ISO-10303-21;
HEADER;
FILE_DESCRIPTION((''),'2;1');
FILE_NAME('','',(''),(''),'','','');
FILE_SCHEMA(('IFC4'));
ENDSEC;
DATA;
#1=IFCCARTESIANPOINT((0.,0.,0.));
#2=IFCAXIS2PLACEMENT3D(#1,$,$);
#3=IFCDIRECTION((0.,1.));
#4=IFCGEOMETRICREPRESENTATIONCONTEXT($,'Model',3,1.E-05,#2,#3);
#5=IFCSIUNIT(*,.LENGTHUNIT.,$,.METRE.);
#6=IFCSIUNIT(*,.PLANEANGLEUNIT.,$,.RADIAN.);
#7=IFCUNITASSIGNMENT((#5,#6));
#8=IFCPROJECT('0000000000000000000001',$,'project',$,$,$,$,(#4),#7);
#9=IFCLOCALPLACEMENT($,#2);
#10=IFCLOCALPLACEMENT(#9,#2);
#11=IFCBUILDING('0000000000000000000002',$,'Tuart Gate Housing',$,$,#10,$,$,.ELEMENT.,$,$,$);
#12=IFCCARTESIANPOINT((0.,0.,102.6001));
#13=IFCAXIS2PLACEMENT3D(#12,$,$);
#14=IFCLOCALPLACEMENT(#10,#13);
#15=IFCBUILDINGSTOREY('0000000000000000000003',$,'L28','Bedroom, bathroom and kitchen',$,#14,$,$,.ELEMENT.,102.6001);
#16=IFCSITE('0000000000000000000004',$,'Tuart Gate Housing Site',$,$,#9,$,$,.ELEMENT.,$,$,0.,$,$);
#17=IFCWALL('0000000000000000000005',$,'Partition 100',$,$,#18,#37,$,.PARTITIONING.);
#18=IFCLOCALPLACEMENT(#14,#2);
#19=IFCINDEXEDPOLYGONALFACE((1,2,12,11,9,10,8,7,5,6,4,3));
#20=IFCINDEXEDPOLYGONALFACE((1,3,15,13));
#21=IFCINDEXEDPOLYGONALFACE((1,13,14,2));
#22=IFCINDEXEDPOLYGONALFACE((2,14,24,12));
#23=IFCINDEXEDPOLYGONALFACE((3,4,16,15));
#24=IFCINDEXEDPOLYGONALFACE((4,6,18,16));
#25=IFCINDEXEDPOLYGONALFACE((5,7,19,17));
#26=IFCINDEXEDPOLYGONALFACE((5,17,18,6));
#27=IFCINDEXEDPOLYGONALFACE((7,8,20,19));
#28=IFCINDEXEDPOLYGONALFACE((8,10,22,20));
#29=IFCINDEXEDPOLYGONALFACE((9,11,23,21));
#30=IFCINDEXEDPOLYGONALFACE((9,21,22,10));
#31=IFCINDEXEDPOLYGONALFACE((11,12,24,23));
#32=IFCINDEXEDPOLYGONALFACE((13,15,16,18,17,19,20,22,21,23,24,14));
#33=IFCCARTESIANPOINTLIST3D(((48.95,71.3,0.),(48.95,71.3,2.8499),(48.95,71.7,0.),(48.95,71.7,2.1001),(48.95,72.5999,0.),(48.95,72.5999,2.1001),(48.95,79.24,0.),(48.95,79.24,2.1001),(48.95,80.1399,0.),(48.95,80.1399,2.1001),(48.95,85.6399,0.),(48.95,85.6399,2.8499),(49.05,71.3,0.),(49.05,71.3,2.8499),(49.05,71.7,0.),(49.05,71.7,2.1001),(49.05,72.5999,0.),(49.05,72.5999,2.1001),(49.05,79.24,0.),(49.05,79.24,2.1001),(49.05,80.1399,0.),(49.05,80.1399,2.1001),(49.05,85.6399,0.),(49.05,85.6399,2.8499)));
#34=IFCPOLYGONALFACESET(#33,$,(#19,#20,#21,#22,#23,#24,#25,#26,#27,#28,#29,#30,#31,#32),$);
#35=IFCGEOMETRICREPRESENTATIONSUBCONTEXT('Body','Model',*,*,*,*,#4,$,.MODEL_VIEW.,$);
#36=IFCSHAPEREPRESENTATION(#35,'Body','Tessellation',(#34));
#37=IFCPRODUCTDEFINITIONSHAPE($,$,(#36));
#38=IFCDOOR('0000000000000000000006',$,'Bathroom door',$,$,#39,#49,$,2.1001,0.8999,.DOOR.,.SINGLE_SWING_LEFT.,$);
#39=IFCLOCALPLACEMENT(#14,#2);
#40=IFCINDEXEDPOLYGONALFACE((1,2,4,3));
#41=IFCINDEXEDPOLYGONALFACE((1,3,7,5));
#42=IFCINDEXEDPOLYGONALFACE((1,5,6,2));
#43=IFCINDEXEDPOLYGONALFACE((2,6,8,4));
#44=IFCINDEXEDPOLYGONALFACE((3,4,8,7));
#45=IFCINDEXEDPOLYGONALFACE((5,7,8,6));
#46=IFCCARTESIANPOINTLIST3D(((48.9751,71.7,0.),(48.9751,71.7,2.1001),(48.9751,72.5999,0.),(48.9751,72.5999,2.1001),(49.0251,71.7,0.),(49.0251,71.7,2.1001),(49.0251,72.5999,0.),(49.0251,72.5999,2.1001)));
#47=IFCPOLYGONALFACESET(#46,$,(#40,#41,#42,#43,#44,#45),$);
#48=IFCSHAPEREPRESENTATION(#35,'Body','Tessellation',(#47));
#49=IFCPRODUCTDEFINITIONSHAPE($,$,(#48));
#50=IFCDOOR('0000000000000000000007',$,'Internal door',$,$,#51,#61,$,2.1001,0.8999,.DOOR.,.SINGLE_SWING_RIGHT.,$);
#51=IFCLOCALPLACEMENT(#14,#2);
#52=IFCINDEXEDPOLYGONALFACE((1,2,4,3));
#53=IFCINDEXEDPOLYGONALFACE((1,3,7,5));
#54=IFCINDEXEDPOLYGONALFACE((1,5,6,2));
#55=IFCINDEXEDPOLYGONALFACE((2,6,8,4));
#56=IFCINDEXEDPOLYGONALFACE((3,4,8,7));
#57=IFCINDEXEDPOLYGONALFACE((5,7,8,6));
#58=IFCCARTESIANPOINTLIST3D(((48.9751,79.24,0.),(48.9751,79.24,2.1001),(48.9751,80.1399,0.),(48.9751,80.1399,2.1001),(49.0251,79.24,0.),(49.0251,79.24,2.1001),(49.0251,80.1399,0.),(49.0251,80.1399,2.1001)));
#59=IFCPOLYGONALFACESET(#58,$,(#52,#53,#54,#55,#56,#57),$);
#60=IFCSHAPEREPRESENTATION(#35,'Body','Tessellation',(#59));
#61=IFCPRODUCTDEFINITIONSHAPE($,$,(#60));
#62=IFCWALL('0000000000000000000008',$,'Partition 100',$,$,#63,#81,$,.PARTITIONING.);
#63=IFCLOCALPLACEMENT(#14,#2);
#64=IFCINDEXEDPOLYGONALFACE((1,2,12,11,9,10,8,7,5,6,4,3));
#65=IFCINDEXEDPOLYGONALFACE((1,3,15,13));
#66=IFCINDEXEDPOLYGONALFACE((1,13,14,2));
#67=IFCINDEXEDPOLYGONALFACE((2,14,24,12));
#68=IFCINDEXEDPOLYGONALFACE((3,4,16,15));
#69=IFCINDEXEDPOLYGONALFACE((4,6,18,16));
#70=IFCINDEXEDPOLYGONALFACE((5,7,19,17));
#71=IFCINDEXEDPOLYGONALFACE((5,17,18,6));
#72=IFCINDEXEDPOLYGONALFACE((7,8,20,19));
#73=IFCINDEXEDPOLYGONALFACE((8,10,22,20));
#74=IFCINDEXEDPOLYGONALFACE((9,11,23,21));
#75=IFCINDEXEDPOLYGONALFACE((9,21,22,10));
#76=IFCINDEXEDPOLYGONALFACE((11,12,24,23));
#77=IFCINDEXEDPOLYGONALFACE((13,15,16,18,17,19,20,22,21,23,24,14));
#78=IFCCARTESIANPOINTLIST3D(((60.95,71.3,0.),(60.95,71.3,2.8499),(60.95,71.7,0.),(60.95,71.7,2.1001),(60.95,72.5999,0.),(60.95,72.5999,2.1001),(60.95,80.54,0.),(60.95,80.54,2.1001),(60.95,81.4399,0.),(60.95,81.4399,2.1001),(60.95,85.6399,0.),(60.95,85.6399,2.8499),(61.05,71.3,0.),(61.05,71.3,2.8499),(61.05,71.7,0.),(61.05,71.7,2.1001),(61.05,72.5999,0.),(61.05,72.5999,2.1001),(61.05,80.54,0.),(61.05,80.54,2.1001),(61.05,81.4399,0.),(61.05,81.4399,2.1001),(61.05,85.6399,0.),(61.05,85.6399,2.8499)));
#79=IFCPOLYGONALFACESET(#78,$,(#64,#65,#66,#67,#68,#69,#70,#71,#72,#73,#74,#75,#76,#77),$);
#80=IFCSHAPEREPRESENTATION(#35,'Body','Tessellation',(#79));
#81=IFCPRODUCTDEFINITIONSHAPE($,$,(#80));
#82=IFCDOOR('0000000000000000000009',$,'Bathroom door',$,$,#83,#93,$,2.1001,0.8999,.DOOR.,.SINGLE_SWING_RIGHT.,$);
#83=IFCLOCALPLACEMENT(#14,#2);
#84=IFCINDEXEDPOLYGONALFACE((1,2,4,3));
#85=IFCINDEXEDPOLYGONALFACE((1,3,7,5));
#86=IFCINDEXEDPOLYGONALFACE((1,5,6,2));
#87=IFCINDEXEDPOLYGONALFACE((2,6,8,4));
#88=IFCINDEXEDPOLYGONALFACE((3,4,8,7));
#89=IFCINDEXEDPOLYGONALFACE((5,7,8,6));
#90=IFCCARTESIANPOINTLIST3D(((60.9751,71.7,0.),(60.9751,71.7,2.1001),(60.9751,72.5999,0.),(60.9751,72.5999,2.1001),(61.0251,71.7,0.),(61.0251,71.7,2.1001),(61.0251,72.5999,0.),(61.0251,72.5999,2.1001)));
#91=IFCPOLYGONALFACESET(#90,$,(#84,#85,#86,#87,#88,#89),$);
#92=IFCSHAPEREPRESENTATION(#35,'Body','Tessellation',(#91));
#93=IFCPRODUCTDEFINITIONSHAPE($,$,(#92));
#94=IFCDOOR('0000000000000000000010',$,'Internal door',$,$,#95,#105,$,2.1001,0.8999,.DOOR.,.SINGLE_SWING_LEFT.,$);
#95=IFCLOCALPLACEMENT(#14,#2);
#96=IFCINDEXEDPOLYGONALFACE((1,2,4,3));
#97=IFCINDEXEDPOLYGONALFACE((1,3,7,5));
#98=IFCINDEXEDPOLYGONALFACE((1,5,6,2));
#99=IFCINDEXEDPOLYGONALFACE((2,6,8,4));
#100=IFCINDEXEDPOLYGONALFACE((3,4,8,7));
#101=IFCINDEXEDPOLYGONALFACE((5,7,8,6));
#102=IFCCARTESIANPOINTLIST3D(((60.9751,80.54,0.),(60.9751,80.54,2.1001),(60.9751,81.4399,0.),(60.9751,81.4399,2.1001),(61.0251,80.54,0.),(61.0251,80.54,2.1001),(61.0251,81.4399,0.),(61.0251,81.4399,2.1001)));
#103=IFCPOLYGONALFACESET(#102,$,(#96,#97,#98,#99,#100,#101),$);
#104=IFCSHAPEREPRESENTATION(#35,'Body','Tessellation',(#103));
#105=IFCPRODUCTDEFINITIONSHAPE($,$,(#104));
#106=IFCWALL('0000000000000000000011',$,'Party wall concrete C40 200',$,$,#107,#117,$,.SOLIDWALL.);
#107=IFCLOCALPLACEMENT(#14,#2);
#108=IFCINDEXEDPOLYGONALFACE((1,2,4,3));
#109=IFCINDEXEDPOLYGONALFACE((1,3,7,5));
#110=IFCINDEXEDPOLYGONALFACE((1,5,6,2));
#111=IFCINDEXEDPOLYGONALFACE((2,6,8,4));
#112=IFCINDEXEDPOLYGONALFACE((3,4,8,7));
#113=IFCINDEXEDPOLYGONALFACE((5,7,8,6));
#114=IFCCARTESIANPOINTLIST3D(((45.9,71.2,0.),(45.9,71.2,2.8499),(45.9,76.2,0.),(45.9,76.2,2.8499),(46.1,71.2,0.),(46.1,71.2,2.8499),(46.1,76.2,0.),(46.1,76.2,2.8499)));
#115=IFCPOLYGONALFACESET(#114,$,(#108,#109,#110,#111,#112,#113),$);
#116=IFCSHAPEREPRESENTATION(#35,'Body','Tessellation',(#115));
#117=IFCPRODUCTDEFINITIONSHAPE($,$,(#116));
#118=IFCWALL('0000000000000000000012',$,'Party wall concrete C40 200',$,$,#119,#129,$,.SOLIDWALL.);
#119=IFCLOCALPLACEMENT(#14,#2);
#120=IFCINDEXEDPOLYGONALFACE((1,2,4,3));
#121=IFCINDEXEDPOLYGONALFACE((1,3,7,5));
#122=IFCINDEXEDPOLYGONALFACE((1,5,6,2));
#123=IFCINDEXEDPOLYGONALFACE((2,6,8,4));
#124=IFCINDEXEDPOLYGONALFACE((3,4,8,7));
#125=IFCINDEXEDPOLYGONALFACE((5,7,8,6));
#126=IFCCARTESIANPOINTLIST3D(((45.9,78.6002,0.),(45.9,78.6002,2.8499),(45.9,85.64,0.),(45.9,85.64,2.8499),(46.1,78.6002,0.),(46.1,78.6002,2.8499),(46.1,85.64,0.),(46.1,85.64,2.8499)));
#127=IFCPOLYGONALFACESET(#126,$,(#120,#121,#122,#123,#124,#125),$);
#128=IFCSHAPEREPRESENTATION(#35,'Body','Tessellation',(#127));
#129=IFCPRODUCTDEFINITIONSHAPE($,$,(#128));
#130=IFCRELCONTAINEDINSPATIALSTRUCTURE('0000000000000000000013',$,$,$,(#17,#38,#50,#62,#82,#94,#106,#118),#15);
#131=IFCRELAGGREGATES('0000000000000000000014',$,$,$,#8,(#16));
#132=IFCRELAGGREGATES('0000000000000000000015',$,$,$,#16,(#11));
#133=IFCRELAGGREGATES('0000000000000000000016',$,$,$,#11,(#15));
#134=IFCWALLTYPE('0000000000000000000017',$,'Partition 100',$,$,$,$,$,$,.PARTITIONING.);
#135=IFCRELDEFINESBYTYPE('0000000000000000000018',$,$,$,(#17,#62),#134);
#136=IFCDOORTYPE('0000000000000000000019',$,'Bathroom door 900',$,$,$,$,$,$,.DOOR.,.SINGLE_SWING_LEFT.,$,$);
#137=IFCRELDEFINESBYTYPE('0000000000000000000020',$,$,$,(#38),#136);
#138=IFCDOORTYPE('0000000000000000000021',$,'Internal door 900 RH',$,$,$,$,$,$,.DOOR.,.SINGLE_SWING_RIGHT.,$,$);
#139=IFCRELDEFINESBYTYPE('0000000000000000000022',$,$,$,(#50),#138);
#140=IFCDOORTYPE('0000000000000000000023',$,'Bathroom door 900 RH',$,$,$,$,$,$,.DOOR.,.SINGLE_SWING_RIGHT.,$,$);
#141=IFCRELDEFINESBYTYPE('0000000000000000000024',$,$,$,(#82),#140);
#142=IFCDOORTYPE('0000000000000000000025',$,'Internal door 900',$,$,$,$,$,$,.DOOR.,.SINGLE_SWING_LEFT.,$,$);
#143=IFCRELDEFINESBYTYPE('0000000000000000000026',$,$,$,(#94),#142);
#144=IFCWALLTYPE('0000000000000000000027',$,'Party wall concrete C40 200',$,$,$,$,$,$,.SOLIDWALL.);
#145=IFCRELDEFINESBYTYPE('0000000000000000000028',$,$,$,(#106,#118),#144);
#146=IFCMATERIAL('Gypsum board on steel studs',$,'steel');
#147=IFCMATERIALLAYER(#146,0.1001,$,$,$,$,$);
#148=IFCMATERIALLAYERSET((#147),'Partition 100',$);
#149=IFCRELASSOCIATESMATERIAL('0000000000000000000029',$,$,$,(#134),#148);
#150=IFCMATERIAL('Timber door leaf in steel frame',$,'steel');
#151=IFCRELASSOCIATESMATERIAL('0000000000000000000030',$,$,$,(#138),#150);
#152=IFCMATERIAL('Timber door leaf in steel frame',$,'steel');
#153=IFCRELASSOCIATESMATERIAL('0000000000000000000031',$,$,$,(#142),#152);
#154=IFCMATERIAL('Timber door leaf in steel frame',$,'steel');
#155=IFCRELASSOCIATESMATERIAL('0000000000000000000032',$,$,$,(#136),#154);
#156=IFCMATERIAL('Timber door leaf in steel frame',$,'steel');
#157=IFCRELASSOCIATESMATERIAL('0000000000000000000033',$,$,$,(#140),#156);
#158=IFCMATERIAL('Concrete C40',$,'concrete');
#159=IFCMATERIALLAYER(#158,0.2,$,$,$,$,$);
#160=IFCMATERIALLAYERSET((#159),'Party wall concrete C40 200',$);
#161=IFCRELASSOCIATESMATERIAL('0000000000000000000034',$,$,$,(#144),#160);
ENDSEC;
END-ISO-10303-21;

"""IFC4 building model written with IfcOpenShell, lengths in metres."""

from ifc_helpers import new_model, si_unit, direction, frame, frame_2d, origin, place, context, subcontext, project, spatial, rectangle, extrude, material, layer, layer_set, type_object, element, fill, save


model = new_model("IFC4")

# Units and contexts
model_context = context("Model", 3, precision=1e-05, world=origin(), true_north=direction((0.0, 1.0)))
body_context = subcontext(model_context, "Body", "Model", "MODEL_VIEW")
ifc_project = project(units=[si_unit("LENGTHUNIT", "METRE"), si_unit("PLANEANGLEUNIT", "RADIAN")], contexts=[model_context])

# Site, building, storey
site_placement = place(None, origin())
site = spatial("IfcSite", under=ifc_project, at=site_placement, Name="Tuart Gate Housing Site", CompositionType="ELEMENT", RefElevation=0.0)
building_placement = place(site_placement, origin())
building = spatial("IfcBuilding", under=site, at=building_placement, Name="Tuart Gate Housing", CompositionType="ELEMENT")
storey_placement = place(building_placement, frame((0.0, 0.0, 102.6001)))
storey = spatial("IfcBuildingStorey", under=building, at=storey_placement, Name="L28", Description="Bedroom, bathroom and kitchen", CompositionType="ELEMENT", Elevation=102.6001)

# Shared definitions
ifc_material_1 = material(Name="Gypsum board on steel studs", Category="steel")
ifc_layer_1 = layer(ifc_material_1, 0.1001)
ifc_layer_set_1 = layer_set([ifc_layer_1], Name="Partition 100")
wall_type_1 = type_object("IfcWallType", Name="Partition 100", PredefinedType="PARTITIONING", material=ifc_layer_set_1)

# Shared definitions
ifc_material_2 = material(Name="Timber door leaf in steel frame", Category="steel")
door_type_1 = type_object("IfcDoorType", Name="Internal door 900 RH", OperationType="SINGLE_SWING_RIGHT", PredefinedType="DOOR", material=ifc_material_2)
ifc_material_3 = material(Name="Timber door leaf in steel frame", Category="steel")
door_type_2 = type_object("IfcDoorType", Name="Internal door 900", OperationType="SINGLE_SWING_LEFT", PredefinedType="DOOR", material=ifc_material_3)

# Walls, openings, doors
wall_1_placement = place(storey_placement, frame((49.0, 71.3, 0.0), z_axis=(0.0, 0.0, 1.0), x_axis=(0.0, 1.0, 0.0)))
wall_1 = element("IfcWall", 1, at=wall_1_placement, inside=storey, type_object=wall_type_1, Name="Partition 100", PredefinedType="PARTITIONING", context=body_context, shape_type="SweptSolid", body=[
    extrude(rectangle(XDim=14.3398, YDim=0.1001, at=frame_2d((7.1699, 0.0))), origin(), (0.0, 0.0, 1.0), 2.8499),
])
opening_1_placement = place(wall_1_placement, frame((7.9399, 0.0, 0.0)))
opening_1 = element("IfcOpeningElement", 2, at=opening_1_placement, cuts=wall_1, PredefinedType="OPENING", context=body_context, shape_type="SweptSolid", body=[
    extrude(rectangle(XDim=0.8999, YDim=2.1001, at=frame_2d((0.45, 1.05))), frame((0.0, 0.0601, 0.0), z_axis=(0.0, -1.0, 0.0), x_axis=(1.0, 0.0, 0.0)), (0.0, 0.0, 1.0), 0.1201),
])
opening_2_placement = place(wall_1_placement, frame((0.3999, 0.0, 0.0)))
opening_2 = element("IfcOpeningElement", 3, at=opening_2_placement, cuts=wall_1, PredefinedType="OPENING", context=body_context, shape_type="SweptSolid", body=[
    extrude(rectangle(XDim=0.8999, YDim=2.1001, at=frame_2d((0.45, 1.05))), frame((0.0, 0.0601, 0.0), z_axis=(0.0, -1.0, 0.0), x_axis=(1.0, 0.0, 0.0)), (0.0, 0.0, 1.0), 0.1201),
])
ifc_material_4 = material(Name="Timber door leaf in steel frame", Category="steel")
door_type_3 = type_object("IfcDoorType", Name="Bathroom door 900", OperationType="SINGLE_SWING_LEFT", PredefinedType="DOOR", material=ifc_material_4)
door_1_placement = place(opening_2_placement, origin())
door_1 = element("IfcDoor", 4, at=door_1_placement, inside=storey, type_object=door_type_3, Name="Bathroom door", OperationType="SINGLE_SWING_LEFT", OverallHeight=2.1001, OverallWidth=0.8999, PredefinedType="DOOR", context=body_context, shape_type="SweptSolid", body=[
    extrude(rectangle(XDim=0.8999, YDim=2.1001, at=frame_2d((0.45, 1.05))), frame((0.0, 0.0249, 0.0), z_axis=(0.0, -1.0, 0.0), x_axis=(1.0, 0.0, 0.0)), (0.0, 0.0, 1.0), 0.05),
])
fill(opening_2, door_1)
door_2_placement = place(opening_1_placement, origin())
door_2 = element("IfcDoor", 5, at=door_2_placement, inside=storey, type_object=door_type_1, Name="Internal door", OperationType="SINGLE_SWING_RIGHT", OverallHeight=2.1001, OverallWidth=0.8999, PredefinedType="DOOR", context=body_context, shape_type="SweptSolid", body=[
    extrude(rectangle(XDim=0.8999, YDim=2.1001, at=frame_2d((0.45, 1.05))), frame((0.0, 0.0249, 0.0), z_axis=(0.0, -1.0, 0.0), x_axis=(1.0, 0.0, 0.0)), (0.0, 0.0, 1.0), 0.05),
])
fill(opening_1, door_2)
wall_2_placement = place(storey_placement, frame((61.0, 71.3, 0.0), z_axis=(0.0, 0.0, 1.0), x_axis=(0.0, 1.0, 0.0)))
wall_2 = element("IfcWall", 6, at=wall_2_placement, inside=storey, type_object=wall_type_1, Name="Partition 100", PredefinedType="PARTITIONING", context=body_context, shape_type="SweptSolid", body=[
    extrude(rectangle(XDim=14.3398, YDim=0.1001, at=frame_2d((7.1699, 0.0))), origin(), (0.0, 0.0, 1.0), 2.8499),
])
opening_3_placement = place(wall_2_placement, frame((9.24, 0.0, 0.0)))
opening_3 = element("IfcOpeningElement", 7, at=opening_3_placement, cuts=wall_2, PredefinedType="OPENING", context=body_context, shape_type="SweptSolid", body=[
    extrude(rectangle(XDim=0.8999, YDim=2.1001, at=frame_2d((0.45, 1.05))), frame((0.0, 0.0601, 0.0), z_axis=(0.0, -1.0, 0.0), x_axis=(1.0, 0.0, 0.0)), (0.0, 0.0, 1.0), 0.1201),
])
opening_4_placement = place(wall_2_placement, frame((0.3999, 0.0, 0.0)))
opening_4 = element("IfcOpeningElement", 8, at=opening_4_placement, cuts=wall_2, PredefinedType="OPENING", context=body_context, shape_type="SweptSolid", body=[
    extrude(rectangle(XDim=0.8999, YDim=2.1001, at=frame_2d((0.45, 1.05))), frame((0.0, 0.0601, 0.0), z_axis=(0.0, -1.0, 0.0), x_axis=(1.0, 0.0, 0.0)), (0.0, 0.0, 1.0), 0.1201),
])
ifc_material_5 = material(Name="Timber door leaf in steel frame", Category="steel")
door_type_4 = type_object("IfcDoorType", Name="Bathroom door 900 RH", OperationType="SINGLE_SWING_RIGHT", PredefinedType="DOOR", material=ifc_material_5)
door_3_placement = place(opening_4_placement, frame((0.8999, 0.0, 0.0), z_axis=(0.0, 0.0, 1.0), x_axis=(-1.0, 0.0, 0.0)))
door_3 = element("IfcDoor", 9, at=door_3_placement, inside=storey, type_object=door_type_4, Name="Bathroom door", OperationType="SINGLE_SWING_RIGHT", OverallHeight=2.1001, OverallWidth=0.8999, PredefinedType="DOOR", context=body_context, shape_type="SweptSolid", body=[
    extrude(rectangle(XDim=0.8999, YDim=2.1001, at=frame_2d((0.45, 1.05))), frame((0.0, 0.0251, 0.0), z_axis=(0.0, -1.0, 0.0), x_axis=(1.0, 0.0, 0.0)), (0.0, 0.0, 1.0), 0.05),
])
fill(opening_4, door_3)
door_4_placement = place(opening_3_placement, frame((0.8999, 0.0, 0.0), z_axis=(0.0, 0.0, 1.0), x_axis=(-1.0, 0.0, 0.0)))
door_4 = element("IfcDoor", 10, at=door_4_placement, inside=storey, type_object=door_type_2, Name="Internal door", OperationType="SINGLE_SWING_LEFT", OverallHeight=2.1001, OverallWidth=0.8999, PredefinedType="DOOR", context=body_context, shape_type="SweptSolid", body=[
    extrude(rectangle(XDim=0.8999, YDim=2.1001, at=frame_2d((0.45, 1.05))), frame((0.0, 0.0251, 0.0), z_axis=(0.0, -1.0, 0.0), x_axis=(1.0, 0.0, 0.0)), (0.0, 0.0, 1.0), 0.05),
])
fill(opening_3, door_4)

# Walls
ifc_material_6 = material(Name="Concrete C40", Category="concrete")
ifc_layer_2 = layer(ifc_material_6, 0.2)
ifc_layer_set_2 = layer_set([ifc_layer_2], Name="Party wall concrete C40 200")
wall_type_2 = type_object("IfcWallType", Name="Party wall concrete C40 200", PredefinedType="SOLIDWALL", material=ifc_layer_set_2)
wall_3_placement = place(storey_placement, frame((46.0, 71.2, 0.0), z_axis=(0.0, 0.0, 1.0), x_axis=(0.0, 1.0, 0.0)))
element("IfcWall", 11, at=wall_3_placement, inside=storey, type_object=wall_type_2, Name="Party wall concrete C40 200", PredefinedType="SOLIDWALL", context=body_context, shape_type="SweptSolid", body=[
    extrude(rectangle(XDim=5.0, YDim=0.2, at=frame_2d((2.5, 0.0))), origin(), (0.0, 0.0, 1.0), 2.8499),
])
wall_4_placement = place(storey_placement, frame((46.0, 78.6001, 0.0), z_axis=(0.0, 0.0, 1.0), x_axis=(0.0, 1.0, 0.0)))
element("IfcWall", 12, at=wall_4_placement, inside=storey, type_object=wall_type_2, Name="Party wall concrete C40 200", PredefinedType="SOLIDWALL", context=body_context, shape_type="SweptSolid", body=[
    extrude(rectangle(XDim=7.0398, YDim=0.2, at=frame_2d((3.52, 0.0))), origin(), (0.0, 0.0, 1.0), 2.8499),
])

save(model, "model.ifc")
